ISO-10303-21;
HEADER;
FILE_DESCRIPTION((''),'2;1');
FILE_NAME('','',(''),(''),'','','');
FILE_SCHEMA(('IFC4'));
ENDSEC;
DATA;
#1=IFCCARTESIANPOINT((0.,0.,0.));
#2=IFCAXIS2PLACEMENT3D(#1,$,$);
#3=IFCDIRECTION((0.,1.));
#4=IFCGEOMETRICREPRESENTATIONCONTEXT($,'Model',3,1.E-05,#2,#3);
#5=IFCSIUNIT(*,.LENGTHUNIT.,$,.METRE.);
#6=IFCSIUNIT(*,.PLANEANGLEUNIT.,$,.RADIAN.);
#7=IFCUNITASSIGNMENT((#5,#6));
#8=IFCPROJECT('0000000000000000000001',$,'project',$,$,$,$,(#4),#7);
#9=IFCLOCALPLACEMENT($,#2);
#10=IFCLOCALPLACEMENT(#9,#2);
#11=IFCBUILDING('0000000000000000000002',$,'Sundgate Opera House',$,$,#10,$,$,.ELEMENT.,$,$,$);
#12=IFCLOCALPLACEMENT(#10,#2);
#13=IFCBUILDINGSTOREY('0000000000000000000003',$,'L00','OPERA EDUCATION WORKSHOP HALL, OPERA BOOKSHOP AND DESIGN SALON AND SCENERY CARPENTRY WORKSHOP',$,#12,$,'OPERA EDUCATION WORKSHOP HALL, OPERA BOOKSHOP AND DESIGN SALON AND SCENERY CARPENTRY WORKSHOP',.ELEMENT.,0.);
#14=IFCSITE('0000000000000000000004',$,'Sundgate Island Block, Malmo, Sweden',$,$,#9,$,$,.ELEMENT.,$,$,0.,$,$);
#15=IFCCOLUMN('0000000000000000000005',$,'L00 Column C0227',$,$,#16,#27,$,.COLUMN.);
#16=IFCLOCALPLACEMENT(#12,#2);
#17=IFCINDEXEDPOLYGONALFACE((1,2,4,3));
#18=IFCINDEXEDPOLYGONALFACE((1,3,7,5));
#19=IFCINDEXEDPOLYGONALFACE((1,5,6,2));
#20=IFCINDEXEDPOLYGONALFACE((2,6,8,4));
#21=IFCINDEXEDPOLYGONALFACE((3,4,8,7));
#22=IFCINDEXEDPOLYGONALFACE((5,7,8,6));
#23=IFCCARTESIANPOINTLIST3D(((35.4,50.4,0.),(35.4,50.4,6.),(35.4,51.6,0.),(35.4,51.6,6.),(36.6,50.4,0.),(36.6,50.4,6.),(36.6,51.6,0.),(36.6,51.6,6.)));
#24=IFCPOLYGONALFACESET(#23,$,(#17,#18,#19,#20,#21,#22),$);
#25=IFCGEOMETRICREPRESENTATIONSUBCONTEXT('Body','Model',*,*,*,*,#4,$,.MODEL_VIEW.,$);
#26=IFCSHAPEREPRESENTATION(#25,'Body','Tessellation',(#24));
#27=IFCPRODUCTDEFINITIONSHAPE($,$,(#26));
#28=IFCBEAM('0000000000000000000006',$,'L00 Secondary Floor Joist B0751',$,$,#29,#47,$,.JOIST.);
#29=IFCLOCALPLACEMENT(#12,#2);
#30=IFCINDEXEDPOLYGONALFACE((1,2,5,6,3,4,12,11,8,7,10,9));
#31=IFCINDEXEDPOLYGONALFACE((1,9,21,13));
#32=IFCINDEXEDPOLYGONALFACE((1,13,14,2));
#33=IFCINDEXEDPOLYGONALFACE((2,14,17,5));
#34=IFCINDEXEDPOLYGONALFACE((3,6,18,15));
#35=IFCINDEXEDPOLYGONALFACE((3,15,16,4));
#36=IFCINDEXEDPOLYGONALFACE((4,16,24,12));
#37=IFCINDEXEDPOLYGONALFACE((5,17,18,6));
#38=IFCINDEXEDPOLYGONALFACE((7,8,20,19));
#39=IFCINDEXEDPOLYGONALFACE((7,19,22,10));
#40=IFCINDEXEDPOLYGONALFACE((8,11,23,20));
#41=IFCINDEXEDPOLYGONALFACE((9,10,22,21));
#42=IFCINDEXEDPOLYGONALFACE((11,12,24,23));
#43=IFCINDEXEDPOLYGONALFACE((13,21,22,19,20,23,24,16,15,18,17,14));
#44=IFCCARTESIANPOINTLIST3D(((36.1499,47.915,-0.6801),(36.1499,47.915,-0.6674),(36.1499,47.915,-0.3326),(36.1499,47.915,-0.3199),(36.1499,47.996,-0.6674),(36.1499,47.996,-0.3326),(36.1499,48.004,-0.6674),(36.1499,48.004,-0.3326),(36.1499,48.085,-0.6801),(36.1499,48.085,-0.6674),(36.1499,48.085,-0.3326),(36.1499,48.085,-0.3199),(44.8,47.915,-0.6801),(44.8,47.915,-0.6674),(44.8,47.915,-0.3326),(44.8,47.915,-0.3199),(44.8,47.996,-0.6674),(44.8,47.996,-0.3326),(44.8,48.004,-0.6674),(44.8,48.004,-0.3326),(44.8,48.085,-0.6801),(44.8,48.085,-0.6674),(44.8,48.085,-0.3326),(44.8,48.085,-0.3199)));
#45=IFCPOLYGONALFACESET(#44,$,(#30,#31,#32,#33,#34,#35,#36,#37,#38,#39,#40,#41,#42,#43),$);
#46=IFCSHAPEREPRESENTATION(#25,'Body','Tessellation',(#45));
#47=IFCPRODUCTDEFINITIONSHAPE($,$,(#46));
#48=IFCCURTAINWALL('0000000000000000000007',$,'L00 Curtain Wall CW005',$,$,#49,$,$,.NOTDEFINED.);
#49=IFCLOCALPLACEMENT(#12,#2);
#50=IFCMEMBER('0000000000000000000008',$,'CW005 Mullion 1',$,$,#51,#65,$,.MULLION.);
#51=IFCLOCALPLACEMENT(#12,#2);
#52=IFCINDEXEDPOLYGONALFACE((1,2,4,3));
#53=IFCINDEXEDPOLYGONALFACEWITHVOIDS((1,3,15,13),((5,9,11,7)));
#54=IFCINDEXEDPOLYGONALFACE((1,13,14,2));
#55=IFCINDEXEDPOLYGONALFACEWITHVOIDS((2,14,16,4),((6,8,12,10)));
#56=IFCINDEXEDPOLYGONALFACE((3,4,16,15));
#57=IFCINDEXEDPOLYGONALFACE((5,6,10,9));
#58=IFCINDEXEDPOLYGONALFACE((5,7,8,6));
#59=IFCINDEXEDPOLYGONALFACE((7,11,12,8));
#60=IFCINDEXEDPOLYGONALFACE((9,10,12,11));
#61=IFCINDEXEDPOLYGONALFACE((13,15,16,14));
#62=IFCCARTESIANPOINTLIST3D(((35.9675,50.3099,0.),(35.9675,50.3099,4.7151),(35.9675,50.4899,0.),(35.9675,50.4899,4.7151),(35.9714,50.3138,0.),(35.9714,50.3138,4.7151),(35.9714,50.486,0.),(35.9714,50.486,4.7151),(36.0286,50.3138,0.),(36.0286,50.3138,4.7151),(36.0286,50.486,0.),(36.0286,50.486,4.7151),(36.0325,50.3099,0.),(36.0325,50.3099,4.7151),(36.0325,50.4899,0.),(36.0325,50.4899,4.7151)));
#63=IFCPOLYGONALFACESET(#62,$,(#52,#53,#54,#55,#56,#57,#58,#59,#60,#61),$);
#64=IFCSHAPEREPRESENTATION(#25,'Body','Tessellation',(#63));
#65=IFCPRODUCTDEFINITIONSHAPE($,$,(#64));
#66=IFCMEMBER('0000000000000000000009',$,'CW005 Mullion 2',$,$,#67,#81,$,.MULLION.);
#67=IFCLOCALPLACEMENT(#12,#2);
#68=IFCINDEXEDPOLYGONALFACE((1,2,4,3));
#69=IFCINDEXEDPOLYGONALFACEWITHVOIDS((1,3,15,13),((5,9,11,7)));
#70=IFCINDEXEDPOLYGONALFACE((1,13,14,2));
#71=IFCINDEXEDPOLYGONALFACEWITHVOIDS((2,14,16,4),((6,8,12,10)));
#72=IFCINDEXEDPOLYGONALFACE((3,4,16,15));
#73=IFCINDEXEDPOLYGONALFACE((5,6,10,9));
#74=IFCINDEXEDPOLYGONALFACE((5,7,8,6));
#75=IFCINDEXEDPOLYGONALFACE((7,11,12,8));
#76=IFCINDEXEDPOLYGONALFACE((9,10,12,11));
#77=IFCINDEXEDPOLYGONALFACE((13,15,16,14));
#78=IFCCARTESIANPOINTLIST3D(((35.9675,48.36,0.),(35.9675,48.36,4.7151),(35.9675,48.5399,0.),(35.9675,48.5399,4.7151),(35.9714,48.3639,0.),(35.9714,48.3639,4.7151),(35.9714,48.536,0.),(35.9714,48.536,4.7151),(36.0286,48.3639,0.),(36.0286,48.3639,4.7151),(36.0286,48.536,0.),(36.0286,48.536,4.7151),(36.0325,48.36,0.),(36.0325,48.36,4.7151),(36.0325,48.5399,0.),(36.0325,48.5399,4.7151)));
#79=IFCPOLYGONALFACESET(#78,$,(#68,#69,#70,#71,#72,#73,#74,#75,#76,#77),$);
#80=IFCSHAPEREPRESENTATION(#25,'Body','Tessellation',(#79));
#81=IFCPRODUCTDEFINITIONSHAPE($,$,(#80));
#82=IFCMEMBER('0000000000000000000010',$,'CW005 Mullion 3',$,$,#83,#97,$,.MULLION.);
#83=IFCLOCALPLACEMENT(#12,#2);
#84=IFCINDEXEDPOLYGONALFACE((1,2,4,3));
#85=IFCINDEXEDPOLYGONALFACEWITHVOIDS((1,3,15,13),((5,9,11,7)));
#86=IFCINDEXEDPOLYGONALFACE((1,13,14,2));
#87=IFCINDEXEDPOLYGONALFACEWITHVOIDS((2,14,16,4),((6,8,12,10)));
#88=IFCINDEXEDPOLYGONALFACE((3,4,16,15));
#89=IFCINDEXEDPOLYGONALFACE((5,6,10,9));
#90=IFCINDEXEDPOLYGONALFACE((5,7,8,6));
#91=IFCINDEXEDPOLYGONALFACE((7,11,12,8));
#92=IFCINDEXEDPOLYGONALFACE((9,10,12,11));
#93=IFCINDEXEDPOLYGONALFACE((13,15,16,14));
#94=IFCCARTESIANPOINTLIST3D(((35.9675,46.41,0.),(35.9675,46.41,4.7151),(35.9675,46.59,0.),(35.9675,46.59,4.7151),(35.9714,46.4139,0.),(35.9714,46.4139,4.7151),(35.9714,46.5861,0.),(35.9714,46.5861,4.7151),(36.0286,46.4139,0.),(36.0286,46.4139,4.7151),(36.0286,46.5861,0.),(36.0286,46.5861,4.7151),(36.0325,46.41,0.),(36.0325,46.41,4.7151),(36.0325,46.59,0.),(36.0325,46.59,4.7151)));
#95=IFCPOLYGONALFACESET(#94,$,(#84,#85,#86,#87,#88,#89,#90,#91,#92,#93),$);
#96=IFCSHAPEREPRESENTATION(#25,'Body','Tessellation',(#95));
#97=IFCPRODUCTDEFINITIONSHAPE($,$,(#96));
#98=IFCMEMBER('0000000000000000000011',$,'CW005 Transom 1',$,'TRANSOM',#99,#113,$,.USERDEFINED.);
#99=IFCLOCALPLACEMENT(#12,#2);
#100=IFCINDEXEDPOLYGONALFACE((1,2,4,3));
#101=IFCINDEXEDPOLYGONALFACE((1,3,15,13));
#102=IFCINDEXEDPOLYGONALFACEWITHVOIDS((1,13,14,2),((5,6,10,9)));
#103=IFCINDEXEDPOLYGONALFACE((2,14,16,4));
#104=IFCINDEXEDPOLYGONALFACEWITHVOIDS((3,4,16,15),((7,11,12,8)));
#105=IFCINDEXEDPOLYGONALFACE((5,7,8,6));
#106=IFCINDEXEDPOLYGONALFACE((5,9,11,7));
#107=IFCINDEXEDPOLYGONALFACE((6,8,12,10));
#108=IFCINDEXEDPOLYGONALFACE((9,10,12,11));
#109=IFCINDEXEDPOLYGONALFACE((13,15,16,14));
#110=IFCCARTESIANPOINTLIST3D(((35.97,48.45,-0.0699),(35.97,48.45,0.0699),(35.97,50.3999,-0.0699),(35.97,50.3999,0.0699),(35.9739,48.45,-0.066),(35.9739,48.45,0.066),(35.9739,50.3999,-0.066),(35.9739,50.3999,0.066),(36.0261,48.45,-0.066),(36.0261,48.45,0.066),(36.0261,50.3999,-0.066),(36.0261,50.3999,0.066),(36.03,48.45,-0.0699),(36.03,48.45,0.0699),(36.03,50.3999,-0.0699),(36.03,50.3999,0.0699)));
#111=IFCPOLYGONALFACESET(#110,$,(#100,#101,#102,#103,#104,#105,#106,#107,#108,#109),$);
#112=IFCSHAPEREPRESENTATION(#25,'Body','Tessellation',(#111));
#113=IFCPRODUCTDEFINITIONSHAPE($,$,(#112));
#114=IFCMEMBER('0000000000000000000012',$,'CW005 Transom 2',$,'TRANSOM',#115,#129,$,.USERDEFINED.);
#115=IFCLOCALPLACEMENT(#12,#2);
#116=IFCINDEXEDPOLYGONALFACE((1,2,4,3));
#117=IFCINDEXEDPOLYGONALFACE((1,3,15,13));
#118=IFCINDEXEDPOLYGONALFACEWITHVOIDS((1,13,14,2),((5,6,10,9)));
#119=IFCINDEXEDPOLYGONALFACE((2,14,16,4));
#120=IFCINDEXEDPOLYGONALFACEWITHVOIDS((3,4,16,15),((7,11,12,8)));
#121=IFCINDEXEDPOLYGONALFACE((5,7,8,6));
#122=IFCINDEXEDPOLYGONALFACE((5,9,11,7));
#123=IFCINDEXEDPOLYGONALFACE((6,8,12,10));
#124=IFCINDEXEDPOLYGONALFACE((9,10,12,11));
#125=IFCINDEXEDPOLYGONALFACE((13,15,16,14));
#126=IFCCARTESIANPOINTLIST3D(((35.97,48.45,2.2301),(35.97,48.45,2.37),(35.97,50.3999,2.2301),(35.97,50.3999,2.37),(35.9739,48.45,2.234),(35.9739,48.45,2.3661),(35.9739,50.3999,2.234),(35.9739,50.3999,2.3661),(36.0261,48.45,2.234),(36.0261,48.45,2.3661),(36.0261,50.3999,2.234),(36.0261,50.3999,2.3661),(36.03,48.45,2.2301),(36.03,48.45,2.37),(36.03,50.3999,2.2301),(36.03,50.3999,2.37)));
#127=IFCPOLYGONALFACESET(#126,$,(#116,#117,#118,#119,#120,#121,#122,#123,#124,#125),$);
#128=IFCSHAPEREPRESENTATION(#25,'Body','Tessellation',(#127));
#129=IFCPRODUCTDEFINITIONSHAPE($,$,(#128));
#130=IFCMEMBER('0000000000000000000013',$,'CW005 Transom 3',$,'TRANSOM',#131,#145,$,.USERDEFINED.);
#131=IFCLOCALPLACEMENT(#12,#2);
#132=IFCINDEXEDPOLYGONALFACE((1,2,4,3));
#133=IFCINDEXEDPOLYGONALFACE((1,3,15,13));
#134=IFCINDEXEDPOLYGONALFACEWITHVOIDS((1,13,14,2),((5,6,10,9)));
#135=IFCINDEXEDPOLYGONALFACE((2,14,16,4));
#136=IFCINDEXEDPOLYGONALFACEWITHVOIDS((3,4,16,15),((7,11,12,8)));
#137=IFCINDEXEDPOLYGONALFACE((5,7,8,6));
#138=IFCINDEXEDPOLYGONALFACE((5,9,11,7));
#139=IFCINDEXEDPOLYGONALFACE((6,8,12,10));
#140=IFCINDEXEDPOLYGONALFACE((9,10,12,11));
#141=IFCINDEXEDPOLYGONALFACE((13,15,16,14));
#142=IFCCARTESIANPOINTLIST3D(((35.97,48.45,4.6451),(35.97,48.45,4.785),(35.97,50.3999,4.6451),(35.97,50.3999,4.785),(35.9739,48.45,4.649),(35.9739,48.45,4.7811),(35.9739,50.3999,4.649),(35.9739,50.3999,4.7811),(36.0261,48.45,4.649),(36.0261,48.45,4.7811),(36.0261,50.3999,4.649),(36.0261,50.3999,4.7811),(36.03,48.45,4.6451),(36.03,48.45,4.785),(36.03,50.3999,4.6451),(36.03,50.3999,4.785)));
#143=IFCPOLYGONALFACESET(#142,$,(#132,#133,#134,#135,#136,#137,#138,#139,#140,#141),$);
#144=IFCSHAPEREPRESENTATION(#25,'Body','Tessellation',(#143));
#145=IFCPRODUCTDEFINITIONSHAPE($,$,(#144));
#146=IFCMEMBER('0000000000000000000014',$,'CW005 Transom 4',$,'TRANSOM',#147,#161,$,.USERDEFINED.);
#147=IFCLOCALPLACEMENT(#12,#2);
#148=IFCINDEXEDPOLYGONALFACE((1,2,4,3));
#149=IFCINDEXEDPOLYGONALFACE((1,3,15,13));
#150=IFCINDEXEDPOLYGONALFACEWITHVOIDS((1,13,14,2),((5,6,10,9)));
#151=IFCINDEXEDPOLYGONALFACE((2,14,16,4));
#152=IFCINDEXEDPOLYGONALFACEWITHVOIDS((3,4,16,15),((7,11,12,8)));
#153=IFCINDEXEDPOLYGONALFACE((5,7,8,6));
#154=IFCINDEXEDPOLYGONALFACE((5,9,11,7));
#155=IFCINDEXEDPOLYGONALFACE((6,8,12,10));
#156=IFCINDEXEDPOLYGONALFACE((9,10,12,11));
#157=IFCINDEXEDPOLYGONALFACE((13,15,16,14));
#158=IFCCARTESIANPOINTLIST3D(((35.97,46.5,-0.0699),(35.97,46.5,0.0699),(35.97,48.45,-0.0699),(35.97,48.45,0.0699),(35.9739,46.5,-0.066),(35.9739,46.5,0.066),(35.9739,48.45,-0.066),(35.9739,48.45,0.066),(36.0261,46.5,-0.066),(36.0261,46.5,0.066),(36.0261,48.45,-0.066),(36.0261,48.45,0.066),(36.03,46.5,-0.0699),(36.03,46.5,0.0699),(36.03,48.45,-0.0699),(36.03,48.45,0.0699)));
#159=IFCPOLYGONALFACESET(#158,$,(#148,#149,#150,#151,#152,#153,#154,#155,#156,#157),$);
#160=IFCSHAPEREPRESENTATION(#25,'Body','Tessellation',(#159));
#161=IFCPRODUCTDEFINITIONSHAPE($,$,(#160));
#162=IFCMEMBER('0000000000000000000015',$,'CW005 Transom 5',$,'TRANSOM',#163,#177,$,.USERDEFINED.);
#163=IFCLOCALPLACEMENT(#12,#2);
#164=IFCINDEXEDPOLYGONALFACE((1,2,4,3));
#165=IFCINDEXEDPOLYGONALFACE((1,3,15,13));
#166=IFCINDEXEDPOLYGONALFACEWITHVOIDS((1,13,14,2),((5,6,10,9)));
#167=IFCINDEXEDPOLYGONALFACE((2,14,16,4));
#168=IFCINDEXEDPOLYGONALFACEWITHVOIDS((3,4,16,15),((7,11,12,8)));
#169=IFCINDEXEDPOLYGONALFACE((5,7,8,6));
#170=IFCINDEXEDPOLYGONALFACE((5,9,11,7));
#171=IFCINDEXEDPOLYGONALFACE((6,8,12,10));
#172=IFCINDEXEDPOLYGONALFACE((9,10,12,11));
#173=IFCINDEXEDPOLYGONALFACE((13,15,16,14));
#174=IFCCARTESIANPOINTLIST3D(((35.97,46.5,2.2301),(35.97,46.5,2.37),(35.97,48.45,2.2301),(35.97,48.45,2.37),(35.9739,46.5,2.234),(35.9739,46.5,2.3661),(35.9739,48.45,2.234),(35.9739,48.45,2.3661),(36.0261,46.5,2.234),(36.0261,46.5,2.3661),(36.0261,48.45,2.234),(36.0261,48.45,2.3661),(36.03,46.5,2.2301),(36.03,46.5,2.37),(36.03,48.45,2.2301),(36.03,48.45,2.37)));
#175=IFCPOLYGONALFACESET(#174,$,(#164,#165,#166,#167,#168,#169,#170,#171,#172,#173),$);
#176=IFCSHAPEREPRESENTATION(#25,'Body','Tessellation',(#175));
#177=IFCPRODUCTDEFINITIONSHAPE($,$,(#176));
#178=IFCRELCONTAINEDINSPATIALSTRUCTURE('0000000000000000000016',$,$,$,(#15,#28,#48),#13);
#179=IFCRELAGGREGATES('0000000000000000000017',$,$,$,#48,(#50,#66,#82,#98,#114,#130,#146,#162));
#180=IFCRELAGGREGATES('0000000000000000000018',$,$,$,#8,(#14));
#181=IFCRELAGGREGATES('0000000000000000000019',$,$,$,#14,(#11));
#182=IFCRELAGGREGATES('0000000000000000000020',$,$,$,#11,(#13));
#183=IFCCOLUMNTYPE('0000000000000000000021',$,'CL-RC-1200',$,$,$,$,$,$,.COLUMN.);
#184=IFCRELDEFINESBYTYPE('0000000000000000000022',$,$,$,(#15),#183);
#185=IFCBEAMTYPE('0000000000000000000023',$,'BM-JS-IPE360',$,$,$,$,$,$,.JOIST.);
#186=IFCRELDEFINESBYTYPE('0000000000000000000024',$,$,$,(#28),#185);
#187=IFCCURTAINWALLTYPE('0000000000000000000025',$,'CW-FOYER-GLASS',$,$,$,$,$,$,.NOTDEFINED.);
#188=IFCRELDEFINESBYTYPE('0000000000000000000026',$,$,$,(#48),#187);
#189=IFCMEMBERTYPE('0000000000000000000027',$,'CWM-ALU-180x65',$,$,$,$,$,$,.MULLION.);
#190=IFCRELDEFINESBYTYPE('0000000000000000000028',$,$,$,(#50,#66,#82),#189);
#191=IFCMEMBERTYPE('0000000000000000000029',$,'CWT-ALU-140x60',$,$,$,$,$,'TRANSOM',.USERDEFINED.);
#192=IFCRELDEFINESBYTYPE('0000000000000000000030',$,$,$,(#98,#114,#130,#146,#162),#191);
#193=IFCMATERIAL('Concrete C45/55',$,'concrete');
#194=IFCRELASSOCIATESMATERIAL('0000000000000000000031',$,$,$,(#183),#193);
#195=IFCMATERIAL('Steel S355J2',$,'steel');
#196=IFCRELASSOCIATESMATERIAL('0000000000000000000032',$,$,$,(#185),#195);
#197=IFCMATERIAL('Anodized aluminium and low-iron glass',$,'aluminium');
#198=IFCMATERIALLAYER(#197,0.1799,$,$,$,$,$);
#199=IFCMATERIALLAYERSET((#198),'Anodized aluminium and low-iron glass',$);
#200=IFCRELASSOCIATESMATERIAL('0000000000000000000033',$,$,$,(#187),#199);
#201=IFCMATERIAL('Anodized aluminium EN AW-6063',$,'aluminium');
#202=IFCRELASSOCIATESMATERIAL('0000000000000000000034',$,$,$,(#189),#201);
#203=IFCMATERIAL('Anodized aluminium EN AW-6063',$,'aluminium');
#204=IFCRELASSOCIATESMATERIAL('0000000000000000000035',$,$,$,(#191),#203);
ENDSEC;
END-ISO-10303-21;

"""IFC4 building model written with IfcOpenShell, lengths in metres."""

from ifc_helpers import new_model, si_unit, direction, frame, origin, origin_2d, place, context, subcontext, project, spatial, rectangle, hollow_rectangle, i_section, extrude, material, layer, layer_set, material_profile, profile_set, type_object, element, aggregate, save


model = new_model("IFC4")

# Units and contexts
model_context = context("Model", 3, precision=1e-05, world=origin(), true_north=direction((0.0, 1.0)))
body_context = subcontext(model_context, "Body", "Model", "MODEL_VIEW")
ifc_project = project(units=[si_unit("LENGTHUNIT", "METRE"), si_unit("PLANEANGLEUNIT", "RADIAN")], contexts=[model_context])

# Site, building, storey
site_placement = place(None, origin())
site = spatial("IfcSite", under=ifc_project, at=site_placement, Name="Sundgate Island Block, Malmo, Sweden", CompositionType="ELEMENT", RefElevation=0.0)
building_placement = place(site_placement, origin())
building = spatial("IfcBuilding", under=site, at=building_placement, Name="Sundgate Opera House", CompositionType="ELEMENT")
storey_placement = place(building_placement, origin())
storey = spatial("IfcBuildingStorey", under=building, at=storey_placement, Name="L00", Description="OPERA EDUCATION WORKSHOP HALL, OPERA BOOKSHOP AND DESIGN SALON AND SCENERY CARPENTRY WORKSHOP", LongName="OPERA EDUCATION WORKSHOP HALL, OPERA BOOKSHOP AND DESIGN SALON AND SCENERY CARPENTRY WORKSHOP", CompositionType="ELEMENT", Elevation=0.0)

# Column
ifc_material_1 = material(Name="Concrete C45/55", Category="concrete")
ifc_material_profile_1 = material_profile(ifc_material_1, rectangle(XDim=1.2, YDim=1.2, at=origin_2d()), Name="RC 1200x1200")
ifc_profile_set_1 = profile_set([ifc_material_profile_1], Name="Concrete C45/55")
column_type = type_object("IfcColumnType", Name="CL-RC-1200", PredefinedType="COLUMN", material=ifc_profile_set_1)
column_placement = place(storey_placement, frame((36.0, 51.0, 0.0), z_axis=(0.0, 0.0, 1.0), x_axis=(1.0, 0.0, 0.0)))
element("IfcColumn", 1, at=column_placement, inside=storey, type_object=column_type, Name="L00 Column C0227", PredefinedType="COLUMN", context=body_context, shape_type="SweptSolid", body=[
    extrude(rectangle(XDim=1.2, YDim=1.2, at=origin_2d()), origin(), (0.0, 0.0, 1.0), 6.0),
])

# Beam
ifc_material_2 = material(Name="Steel S355J2", Category="steel")
ifc_material_profile_2 = material_profile(ifc_material_2, i_section(OverallWidth=0.1699, OverallDepth=0.3601, WebThickness=0.0081, FlangeThickness=0.0127, at=origin_2d()), Name="IPE 360")
ifc_profile_set_2 = profile_set([ifc_material_profile_2], Name="Steel S355J2")
beam_type = type_object("IfcBeamType", Name="BM-JS-IPE360", PredefinedType="JOIST", material=ifc_profile_set_2)
beam_placement = place(storey_placement, frame((36.1499, 48.0, -0.5), z_axis=(1.0, 0.0, 0.0), x_axis=(0.0, 1.0, 0.0)))
element("IfcBeam", 2, at=beam_placement, inside=storey, type_object=beam_type, Name="L00 Secondary Floor Joist B0751", PredefinedType="JOIST", context=body_context, shape_type="SweptSolid", body=[
    extrude(i_section(OverallWidth=0.1699, OverallDepth=0.3601, WebThickness=0.0081, FlangeThickness=0.0127, at=origin_2d()), origin(), (0.0, 0.0, 1.0), 8.6501),
])

# Curtain wall, members
ifc_material_3 = material(Name="Anodized aluminium and low-iron glass", Category="aluminium")
ifc_layer_1 = layer(ifc_material_3, 0.1799)
ifc_layer_set_1 = layer_set([ifc_layer_1], Name="Anodized aluminium and low-iron glass")
curtain_wall_type = type_object("IfcCurtainWallType", Name="CW-FOYER-GLASS", PredefinedType="NOTDEFINED", material=ifc_layer_set_1)
curtain_wall_placement = place(storey_placement, origin())
curtain_wall = element("IfcCurtainWall", 3, at=curtain_wall_placement, inside=storey, type_object=curtain_wall_type, Name="L00 Curtain Wall CW005", PredefinedType="NOTDEFINED")
ifc_material_4 = material(Name="Anodized aluminium EN AW-6063", Category="aluminium")
ifc_material_profile_3 = material_profile(ifc_material_4, hollow_rectangle(XDim=0.0649, YDim=0.1799, WallThickness=0.0039, at=origin_2d()), Name="CWM 180x65x4")
ifc_profile_set_3 = profile_set([ifc_material_profile_3], Name="Anodized aluminium EN AW-6063")
member_type_1 = type_object("IfcMemberType", Name="CWM-ALU-180x65", PredefinedType="MULLION", material=ifc_profile_set_3)
member_1_placement = place(storey_placement, frame((36.0, 50.3999, 0.0), z_axis=(0.0, 0.0, 1.0), x_axis=(1.0, 0.0, 0.0)))
member_1 = element("IfcMember", 4, at=member_1_placement, type_object=member_type_1, Name="CW005 Mullion 1", PredefinedType="MULLION", context=body_context, shape_type="SweptSolid", body=[
    extrude(hollow_rectangle(XDim=0.0649, YDim=0.1799, WallThickness=0.0039, at=origin_2d()), origin(), (0.0, 0.0, 1.0), 4.7151),
])
member_2_placement = place(storey_placement, frame((36.0, 48.45, 0.0), z_axis=(0.0, 0.0, 1.0), x_axis=(1.0, 0.0, 0.0)))
member_2 = element("IfcMember", 5, at=member_2_placement, type_object=member_type_1, Name="CW005 Mullion 2", PredefinedType="MULLION", context=body_context, shape_type="SweptSolid", body=[
    extrude(hollow_rectangle(XDim=0.0649, YDim=0.1799, WallThickness=0.0039, at=origin_2d()), origin(), (0.0, 0.0, 1.0), 4.7151),
])
member_3_placement = place(storey_placement, frame((36.0, 46.5, 0.0), z_axis=(0.0, 0.0, 1.0), x_axis=(1.0, 0.0, 0.0)))
member_3 = element("IfcMember", 6, at=member_3_placement, type_object=member_type_1, Name="CW005 Mullion 3", PredefinedType="MULLION", context=body_context, shape_type="SweptSolid", body=[
    extrude(hollow_rectangle(XDim=0.0649, YDim=0.1799, WallThickness=0.0039, at=origin_2d()), origin(), (0.0, 0.0, 1.0), 4.7151),
])
ifc_material_5 = material(Name="Anodized aluminium EN AW-6063", Category="aluminium")
ifc_material_profile_4 = material_profile(ifc_material_5, hollow_rectangle(XDim=0.0601, YDim=0.1399, WallThickness=0.0039, at=origin_2d()), Name="CWT 140x60x4")
ifc_profile_set_4 = profile_set([ifc_material_profile_4], Name="Anodized aluminium EN AW-6063")
member_type_2 = type_object("IfcMemberType", Name="CWT-ALU-140x60", ElementType="TRANSOM", PredefinedType="USERDEFINED", material=ifc_profile_set_4)
member_4_placement = place(storey_placement, frame((36.0, 50.3999, 0.0), z_axis=(0.0, -1.0, 0.0), x_axis=(1.0, 0.0, 0.0)))
member_4 = element("IfcMember", 7, at=member_4_placement, type_object=member_type_2, Name="CW005 Transom 1", ObjectType="TRANSOM", PredefinedType="USERDEFINED", context=body_context, shape_type="SweptSolid", body=[
    extrude(hollow_rectangle(XDim=0.0601, YDim=0.1399, WallThickness=0.0039, at=origin_2d()), origin(), (0.0, 0.0, 1.0), 1.95),
])
member_5_placement = place(storey_placement, frame((36.0, 50.3999, 2.3), z_axis=(0.0, -1.0, 0.0), x_axis=(1.0, 0.0, 0.0)))
member_5 = element("IfcMember", 8, at=member_5_placement, type_object=member_type_2, Name="CW005 Transom 2", ObjectType="TRANSOM", PredefinedType="USERDEFINED", context=body_context, shape_type="SweptSolid", body=[
    extrude(hollow_rectangle(XDim=0.0601, YDim=0.1399, WallThickness=0.0039, at=origin_2d()), origin(), (0.0, 0.0, 1.0), 1.95),
])
member_6_placement = place(storey_placement, frame((36.0, 50.3999, 4.7151), z_axis=(0.0, -1.0, 0.0), x_axis=(1.0, 0.0, 0.0)))
member_6 = element("IfcMember", 9, at=member_6_placement, type_object=member_type_2, Name="CW005 Transom 3", ObjectType="TRANSOM", PredefinedType="USERDEFINED", context=body_context, shape_type="SweptSolid", body=[
    extrude(hollow_rectangle(XDim=0.0601, YDim=0.1399, WallThickness=0.0039, at=origin_2d()), origin(), (0.0, 0.0, 1.0), 1.95),
])
member_7_placement = place(storey_placement, frame((36.0, 48.45, 0.0), z_axis=(0.0, -1.0, 0.0), x_axis=(1.0, 0.0, 0.0)))
member_7 = element("IfcMember", 10, at=member_7_placement, type_object=member_type_2, Name="CW005 Transom 4", ObjectType="TRANSOM", PredefinedType="USERDEFINED", context=body_context, shape_type="SweptSolid", body=[
    extrude(hollow_rectangle(XDim=0.0601, YDim=0.1399, WallThickness=0.0039, at=origin_2d()), origin(), (0.0, 0.0, 1.0), 1.95),
])
member_8_placement = place(storey_placement, frame((36.0, 48.45, 2.3), z_axis=(0.0, -1.0, 0.0), x_axis=(1.0, 0.0, 0.0)))
member_8 = element("IfcMember", 11, at=member_8_placement, type_object=member_type_2, Name="CW005 Transom 5", ObjectType="TRANSOM", PredefinedType="USERDEFINED", context=body_context, shape_type="SweptSolid", body=[
    extrude(hollow_rectangle(XDim=0.0601, YDim=0.1399, WallThickness=0.0039, at=origin_2d()), origin(), (0.0, 0.0, 1.0), 1.95),
])
aggregate(curtain_wall, [member_1, member_2, member_3, member_4, member_5, member_6, member_7, member_8])

save(model, "model.ifc")
